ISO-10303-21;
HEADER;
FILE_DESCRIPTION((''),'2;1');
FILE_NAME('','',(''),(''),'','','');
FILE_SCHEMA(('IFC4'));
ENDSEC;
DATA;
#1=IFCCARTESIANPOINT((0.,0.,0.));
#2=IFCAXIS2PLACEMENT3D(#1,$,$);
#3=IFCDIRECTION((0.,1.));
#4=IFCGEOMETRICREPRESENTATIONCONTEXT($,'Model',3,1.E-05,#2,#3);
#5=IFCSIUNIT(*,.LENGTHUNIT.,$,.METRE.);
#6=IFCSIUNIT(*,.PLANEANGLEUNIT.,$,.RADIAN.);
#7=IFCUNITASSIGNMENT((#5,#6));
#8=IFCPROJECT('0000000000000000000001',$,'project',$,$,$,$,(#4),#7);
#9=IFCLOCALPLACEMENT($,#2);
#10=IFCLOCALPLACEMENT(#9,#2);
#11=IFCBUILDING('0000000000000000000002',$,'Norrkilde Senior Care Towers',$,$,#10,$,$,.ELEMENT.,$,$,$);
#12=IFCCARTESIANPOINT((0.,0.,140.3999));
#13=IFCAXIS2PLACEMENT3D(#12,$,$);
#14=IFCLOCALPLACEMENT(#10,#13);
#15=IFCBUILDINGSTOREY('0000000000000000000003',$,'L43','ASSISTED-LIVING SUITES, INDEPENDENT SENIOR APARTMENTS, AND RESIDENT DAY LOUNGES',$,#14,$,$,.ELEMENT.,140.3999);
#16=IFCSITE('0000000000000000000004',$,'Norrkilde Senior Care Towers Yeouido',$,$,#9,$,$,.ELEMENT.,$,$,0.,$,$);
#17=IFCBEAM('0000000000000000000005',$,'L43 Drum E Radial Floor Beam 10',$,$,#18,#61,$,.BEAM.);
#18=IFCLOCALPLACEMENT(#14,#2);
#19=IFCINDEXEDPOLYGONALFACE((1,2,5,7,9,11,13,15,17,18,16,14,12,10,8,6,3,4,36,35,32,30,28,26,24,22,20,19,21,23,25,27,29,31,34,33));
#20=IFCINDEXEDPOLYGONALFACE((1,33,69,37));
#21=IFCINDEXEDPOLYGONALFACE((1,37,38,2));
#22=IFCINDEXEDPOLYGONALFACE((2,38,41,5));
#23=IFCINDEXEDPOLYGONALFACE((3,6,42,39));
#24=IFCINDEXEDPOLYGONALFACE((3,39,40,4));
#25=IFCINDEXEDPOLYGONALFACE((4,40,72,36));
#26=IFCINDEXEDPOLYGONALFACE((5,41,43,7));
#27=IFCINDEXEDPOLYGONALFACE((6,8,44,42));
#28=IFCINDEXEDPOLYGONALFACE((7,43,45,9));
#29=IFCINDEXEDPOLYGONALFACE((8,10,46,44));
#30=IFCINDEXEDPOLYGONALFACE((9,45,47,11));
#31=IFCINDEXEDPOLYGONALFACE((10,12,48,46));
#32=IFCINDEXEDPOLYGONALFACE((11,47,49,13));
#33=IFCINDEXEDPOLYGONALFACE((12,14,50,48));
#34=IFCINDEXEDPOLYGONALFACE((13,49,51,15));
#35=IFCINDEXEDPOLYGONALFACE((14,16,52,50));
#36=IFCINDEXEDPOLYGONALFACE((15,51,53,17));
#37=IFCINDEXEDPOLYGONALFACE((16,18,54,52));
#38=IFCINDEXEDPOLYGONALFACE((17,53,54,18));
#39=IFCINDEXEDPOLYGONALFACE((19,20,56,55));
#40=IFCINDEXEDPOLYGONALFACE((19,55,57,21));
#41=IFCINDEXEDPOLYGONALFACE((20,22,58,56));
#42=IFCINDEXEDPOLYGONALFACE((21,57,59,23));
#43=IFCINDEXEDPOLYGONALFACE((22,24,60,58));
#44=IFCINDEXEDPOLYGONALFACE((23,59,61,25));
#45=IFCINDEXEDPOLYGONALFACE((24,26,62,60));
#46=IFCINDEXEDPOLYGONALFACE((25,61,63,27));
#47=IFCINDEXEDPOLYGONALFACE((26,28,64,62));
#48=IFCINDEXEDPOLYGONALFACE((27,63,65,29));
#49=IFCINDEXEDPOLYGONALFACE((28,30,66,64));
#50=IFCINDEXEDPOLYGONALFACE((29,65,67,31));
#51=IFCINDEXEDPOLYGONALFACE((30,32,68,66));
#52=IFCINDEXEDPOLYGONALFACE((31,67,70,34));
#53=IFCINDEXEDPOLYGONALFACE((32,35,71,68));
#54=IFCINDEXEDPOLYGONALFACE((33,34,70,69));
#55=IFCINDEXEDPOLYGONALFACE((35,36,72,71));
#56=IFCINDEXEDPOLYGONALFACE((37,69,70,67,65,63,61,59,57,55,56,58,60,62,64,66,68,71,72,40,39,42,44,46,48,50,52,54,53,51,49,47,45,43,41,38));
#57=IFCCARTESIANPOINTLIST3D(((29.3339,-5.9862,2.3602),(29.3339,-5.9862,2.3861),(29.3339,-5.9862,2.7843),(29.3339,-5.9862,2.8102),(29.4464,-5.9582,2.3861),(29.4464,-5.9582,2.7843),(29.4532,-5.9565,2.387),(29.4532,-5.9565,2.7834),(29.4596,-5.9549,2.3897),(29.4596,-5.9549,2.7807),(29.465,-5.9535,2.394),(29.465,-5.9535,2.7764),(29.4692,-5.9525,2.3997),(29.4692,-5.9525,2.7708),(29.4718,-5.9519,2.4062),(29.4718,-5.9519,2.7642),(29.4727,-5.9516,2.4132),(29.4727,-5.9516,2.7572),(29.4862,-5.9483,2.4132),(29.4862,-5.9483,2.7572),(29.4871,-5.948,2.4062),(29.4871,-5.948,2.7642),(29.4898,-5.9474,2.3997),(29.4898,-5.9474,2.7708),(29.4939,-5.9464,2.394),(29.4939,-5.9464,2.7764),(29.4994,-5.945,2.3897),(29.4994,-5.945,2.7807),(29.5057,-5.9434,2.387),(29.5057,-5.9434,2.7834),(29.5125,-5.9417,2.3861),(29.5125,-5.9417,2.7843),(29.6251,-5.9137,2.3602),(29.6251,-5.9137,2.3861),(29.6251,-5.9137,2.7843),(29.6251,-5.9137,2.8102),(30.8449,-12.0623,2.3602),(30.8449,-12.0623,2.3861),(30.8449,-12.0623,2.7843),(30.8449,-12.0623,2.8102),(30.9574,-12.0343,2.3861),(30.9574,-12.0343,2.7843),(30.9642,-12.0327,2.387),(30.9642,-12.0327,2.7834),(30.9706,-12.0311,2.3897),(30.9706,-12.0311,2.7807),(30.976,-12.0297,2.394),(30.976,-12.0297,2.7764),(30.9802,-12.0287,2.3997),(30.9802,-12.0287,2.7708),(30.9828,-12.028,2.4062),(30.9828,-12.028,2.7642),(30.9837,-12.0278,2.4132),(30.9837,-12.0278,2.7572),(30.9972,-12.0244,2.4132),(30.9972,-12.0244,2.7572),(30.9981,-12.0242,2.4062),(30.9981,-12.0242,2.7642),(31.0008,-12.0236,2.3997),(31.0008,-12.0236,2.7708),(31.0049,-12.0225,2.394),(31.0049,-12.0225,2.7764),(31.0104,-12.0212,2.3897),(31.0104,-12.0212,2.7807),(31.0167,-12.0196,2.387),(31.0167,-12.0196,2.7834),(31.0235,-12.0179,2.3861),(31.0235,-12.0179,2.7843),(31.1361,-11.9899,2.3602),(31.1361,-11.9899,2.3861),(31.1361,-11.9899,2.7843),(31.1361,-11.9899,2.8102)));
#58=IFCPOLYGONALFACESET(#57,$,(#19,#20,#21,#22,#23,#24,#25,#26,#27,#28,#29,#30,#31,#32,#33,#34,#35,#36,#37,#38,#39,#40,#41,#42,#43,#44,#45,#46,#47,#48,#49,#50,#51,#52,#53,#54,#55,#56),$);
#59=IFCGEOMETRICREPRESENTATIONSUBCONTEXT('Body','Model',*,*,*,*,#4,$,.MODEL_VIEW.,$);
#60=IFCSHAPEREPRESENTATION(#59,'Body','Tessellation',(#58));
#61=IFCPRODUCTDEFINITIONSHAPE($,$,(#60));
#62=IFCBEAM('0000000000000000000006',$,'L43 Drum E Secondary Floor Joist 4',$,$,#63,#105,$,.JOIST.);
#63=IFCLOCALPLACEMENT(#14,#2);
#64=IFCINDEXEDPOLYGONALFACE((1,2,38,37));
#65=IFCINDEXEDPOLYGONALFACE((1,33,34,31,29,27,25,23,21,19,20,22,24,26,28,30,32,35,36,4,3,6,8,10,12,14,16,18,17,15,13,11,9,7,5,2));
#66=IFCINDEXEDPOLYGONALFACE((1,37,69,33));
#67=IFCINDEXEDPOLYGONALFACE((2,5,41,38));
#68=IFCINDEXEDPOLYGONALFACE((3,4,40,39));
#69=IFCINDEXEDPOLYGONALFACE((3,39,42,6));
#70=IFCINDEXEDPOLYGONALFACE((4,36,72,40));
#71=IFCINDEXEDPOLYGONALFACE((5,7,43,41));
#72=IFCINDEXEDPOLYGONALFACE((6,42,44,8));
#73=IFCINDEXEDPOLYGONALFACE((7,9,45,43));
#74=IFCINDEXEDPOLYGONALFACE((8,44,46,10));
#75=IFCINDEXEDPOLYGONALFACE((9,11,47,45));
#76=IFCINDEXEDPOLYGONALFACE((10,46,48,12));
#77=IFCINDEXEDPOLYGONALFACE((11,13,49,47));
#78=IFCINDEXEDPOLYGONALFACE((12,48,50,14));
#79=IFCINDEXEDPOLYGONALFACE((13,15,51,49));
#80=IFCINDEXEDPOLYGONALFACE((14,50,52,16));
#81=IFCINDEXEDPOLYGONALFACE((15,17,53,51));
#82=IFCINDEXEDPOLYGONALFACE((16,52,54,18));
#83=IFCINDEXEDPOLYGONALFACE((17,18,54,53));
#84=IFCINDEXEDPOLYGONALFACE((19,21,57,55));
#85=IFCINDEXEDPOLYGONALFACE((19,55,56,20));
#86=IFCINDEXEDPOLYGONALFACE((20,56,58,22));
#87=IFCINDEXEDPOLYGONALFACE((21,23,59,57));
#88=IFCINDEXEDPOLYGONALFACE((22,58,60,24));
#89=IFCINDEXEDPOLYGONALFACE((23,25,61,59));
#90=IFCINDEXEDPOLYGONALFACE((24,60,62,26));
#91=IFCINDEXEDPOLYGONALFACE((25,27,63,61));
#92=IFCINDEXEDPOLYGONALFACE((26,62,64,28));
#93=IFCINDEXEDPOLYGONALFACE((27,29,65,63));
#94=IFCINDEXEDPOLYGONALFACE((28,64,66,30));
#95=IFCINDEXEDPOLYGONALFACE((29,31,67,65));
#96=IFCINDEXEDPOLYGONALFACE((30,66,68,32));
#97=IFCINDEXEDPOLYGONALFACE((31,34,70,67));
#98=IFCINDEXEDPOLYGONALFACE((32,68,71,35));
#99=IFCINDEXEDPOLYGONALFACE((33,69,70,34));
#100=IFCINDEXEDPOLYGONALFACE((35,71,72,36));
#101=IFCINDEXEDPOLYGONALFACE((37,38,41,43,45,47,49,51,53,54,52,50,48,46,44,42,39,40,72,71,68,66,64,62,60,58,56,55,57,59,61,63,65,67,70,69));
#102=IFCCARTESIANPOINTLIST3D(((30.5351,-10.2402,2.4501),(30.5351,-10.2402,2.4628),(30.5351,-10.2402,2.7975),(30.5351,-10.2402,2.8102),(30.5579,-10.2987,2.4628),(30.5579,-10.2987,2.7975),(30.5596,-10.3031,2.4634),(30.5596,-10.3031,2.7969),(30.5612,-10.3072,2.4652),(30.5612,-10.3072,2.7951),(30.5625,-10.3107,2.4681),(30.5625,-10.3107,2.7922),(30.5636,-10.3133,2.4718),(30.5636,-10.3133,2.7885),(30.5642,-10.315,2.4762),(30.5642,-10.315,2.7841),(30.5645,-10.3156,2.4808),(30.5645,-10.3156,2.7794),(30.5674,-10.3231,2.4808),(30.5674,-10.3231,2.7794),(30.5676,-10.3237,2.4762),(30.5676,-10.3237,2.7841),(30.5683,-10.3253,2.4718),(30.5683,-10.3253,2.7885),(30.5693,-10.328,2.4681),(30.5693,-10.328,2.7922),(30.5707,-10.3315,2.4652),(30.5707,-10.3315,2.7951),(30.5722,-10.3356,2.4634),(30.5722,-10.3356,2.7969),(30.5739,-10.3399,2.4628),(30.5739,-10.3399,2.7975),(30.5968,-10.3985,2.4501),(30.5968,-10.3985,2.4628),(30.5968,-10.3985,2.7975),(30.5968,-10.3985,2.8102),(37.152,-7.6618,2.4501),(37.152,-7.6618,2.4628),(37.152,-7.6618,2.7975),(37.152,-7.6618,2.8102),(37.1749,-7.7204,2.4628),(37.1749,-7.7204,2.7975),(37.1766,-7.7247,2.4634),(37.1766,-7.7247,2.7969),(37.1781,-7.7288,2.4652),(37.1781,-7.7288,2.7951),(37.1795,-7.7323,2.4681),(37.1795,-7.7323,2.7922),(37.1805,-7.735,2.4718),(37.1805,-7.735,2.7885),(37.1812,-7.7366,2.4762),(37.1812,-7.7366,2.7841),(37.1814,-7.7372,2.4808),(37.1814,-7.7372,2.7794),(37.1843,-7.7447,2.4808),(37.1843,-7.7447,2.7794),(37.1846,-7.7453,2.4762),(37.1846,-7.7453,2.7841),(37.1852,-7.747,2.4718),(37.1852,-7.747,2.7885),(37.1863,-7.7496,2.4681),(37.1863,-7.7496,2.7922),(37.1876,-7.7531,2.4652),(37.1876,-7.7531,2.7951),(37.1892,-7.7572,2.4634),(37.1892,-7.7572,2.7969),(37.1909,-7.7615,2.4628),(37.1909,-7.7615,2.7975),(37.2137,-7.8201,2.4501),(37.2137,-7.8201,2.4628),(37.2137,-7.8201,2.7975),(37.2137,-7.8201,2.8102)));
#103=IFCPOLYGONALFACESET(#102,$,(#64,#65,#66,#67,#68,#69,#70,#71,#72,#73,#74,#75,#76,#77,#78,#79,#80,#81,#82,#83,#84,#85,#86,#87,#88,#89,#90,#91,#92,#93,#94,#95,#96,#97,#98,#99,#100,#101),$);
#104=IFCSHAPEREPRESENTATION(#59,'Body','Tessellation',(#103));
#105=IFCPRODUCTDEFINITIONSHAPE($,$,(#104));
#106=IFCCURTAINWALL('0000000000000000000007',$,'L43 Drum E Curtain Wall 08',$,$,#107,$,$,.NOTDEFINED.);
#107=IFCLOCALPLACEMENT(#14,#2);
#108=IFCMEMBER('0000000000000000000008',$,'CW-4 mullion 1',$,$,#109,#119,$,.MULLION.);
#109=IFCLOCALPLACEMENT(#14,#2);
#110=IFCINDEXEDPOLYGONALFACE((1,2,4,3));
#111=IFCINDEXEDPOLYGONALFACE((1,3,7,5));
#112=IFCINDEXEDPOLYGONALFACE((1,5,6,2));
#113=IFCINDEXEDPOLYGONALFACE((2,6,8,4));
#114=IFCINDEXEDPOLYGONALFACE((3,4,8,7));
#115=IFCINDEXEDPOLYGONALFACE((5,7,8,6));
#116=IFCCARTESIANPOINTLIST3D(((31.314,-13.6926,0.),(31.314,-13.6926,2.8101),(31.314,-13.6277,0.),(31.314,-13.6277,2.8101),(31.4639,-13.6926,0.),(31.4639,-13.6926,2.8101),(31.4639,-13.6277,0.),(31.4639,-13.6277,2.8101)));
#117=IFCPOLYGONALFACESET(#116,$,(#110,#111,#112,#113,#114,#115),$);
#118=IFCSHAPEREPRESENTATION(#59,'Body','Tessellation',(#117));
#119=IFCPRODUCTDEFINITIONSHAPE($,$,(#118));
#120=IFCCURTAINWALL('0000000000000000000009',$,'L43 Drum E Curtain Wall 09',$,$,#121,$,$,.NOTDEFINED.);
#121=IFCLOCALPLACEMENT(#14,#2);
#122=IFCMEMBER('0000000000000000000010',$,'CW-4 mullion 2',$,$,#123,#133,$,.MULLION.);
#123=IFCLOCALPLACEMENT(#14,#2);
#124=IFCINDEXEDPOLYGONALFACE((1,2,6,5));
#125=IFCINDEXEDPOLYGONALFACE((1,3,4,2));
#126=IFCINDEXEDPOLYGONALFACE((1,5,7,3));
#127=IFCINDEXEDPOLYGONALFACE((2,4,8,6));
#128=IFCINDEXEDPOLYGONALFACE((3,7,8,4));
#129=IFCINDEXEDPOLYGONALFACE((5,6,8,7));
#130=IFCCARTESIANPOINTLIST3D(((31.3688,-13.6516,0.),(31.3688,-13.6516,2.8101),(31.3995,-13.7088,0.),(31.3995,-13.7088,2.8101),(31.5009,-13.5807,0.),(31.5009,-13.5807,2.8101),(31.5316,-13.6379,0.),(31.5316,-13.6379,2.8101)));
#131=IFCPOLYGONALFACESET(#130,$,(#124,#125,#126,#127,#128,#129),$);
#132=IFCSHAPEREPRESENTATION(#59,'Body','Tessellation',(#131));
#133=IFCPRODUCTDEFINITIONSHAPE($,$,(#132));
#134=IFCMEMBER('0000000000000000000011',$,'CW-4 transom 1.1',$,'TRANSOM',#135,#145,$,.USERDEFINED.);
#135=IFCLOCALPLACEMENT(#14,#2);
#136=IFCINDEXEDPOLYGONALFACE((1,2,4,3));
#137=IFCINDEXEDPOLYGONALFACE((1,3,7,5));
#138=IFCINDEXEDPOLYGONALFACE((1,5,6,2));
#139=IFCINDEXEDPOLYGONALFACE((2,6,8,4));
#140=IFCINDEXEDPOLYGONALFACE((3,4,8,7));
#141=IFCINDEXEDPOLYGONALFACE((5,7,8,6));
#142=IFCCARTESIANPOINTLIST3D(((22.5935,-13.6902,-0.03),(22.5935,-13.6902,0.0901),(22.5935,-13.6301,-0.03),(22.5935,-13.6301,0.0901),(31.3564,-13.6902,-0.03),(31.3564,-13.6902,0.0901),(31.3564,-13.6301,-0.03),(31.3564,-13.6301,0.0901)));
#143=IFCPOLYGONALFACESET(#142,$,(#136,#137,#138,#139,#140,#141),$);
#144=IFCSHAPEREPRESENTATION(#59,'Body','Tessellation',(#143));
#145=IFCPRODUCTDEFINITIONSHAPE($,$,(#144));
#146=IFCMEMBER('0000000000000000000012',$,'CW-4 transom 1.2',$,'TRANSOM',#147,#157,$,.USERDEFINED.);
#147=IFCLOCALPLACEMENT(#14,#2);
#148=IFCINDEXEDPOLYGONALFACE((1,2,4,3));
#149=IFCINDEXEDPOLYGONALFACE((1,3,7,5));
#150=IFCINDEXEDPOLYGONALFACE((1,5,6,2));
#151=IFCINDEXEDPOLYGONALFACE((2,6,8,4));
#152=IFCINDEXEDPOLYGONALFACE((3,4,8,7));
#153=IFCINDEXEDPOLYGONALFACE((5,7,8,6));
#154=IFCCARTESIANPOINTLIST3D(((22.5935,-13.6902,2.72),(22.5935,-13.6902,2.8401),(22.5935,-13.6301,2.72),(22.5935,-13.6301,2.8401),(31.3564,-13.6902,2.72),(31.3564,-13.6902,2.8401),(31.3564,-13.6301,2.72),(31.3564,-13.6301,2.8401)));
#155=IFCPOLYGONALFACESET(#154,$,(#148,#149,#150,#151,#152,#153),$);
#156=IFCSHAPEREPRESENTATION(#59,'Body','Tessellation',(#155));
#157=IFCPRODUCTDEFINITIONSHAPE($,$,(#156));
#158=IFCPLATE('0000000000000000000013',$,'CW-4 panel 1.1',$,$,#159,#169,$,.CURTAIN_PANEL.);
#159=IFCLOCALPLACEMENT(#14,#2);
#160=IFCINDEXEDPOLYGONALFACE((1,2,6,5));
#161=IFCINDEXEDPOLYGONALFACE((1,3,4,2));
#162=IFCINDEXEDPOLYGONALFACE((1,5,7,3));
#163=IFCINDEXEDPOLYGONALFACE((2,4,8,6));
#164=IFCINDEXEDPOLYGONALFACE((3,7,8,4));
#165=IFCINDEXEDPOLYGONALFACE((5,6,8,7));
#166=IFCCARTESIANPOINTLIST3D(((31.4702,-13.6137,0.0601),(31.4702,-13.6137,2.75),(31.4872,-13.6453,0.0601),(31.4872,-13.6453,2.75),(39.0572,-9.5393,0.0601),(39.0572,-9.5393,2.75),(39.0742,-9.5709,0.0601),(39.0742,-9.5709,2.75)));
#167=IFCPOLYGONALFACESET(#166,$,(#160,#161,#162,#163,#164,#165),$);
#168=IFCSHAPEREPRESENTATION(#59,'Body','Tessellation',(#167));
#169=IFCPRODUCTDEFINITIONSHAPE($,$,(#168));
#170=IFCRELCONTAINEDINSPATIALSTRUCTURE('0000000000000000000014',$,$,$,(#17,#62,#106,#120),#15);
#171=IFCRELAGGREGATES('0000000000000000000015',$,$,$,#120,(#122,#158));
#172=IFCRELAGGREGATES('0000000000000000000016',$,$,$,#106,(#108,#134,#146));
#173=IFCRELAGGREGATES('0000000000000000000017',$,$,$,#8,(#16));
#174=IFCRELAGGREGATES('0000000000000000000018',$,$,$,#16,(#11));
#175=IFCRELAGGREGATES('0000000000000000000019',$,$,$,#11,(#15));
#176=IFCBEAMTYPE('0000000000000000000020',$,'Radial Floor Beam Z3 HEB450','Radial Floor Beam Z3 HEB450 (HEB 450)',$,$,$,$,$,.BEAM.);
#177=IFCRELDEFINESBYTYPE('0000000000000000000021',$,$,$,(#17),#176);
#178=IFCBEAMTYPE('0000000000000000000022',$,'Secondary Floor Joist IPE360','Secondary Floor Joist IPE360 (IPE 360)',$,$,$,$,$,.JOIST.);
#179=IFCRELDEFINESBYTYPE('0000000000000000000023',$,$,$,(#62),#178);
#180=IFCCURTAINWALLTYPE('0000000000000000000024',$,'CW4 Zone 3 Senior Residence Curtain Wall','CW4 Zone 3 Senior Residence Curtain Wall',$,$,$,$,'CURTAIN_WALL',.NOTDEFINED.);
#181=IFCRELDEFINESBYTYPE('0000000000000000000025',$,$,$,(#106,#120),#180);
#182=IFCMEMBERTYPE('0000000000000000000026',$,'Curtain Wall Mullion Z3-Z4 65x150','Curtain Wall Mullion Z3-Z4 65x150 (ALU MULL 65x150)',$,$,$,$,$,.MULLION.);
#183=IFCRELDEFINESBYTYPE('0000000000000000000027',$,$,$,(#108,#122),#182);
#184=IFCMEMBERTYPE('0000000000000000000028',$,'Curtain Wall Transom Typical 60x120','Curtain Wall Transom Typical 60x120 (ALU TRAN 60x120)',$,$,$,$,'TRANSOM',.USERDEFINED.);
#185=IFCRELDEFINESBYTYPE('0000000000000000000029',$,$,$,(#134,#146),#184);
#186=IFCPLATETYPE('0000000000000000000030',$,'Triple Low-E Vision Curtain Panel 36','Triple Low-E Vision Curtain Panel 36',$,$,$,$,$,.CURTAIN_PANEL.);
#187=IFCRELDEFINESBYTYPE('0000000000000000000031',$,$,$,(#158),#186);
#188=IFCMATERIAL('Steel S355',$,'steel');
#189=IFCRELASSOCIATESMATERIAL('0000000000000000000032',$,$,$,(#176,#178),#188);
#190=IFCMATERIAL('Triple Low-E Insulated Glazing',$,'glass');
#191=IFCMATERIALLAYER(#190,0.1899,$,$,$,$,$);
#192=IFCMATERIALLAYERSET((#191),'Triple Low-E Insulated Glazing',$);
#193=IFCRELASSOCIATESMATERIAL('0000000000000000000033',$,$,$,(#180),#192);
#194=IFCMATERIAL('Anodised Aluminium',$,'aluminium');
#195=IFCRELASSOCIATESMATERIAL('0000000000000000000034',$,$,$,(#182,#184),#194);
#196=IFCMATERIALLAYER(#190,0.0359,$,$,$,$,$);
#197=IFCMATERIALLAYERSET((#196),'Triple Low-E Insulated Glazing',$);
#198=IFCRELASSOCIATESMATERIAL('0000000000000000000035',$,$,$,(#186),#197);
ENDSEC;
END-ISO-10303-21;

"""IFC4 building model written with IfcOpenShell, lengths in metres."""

from ifc_helpers import new_model, si_unit, direction, frame, origin, origin_2d, place, context, subcontext, project, spatial, rectangle, i_section, extrude, source, transform, mapped, material, layer, layer_set, material_profile, profile_set, type_object, type_shapes, element, aggregate, save


model = new_model("IFC4")

# Units and contexts
model_context = context("Model", 3, precision=1e-05, world=origin(), true_north=direction((0.0, 1.0)))
body_context = subcontext(model_context, "Body", "Model", "MODEL_VIEW")
ifc_project = project(units=[si_unit("LENGTHUNIT", "METRE"), si_unit("PLANEANGLEUNIT", "RADIAN")], contexts=[model_context])

# Site, building, storey
site_placement = place(None, origin())
site = spatial("IfcSite", under=ifc_project, at=site_placement, Name="Norrkilde Senior Care Towers Yeouido", CompositionType="ELEMENT", RefElevation=0.0)
building_placement = place(site_placement, origin())
building = spatial("IfcBuilding", under=site, at=building_placement, Name="Norrkilde Senior Care Towers", CompositionType="ELEMENT")
storey_placement = place(building_placement, frame((0.0, 0.0, 140.3999)))
storey = spatial("IfcBuildingStorey", under=building, at=storey_placement, Name="L43", Description="ASSISTED-LIVING SUITES, INDEPENDENT SENIOR APARTMENTS, AND RESIDENT DAY LOUNGES", CompositionType="ELEMENT", Elevation=140.3999)

# Beams
ifc_material_1 = material(Name="Steel S355", Category="steel")
ifc_material_profile_1 = material_profile(ifc_material_1, i_section(OverallWidth=0.3, OverallDepth=0.45, WebThickness=0.0139, FlangeThickness=0.0259, FilletRadius=0.0271, at=origin_2d()), Name="HEB 450")
ifc_profile_set_1 = profile_set([ifc_material_profile_1], Name="Steel S355")
beam_type_1 = type_object("IfcBeamType", Name="Radial Floor Beam Z3 HEB450", Description="Radial Floor Beam Z3 HEB450 (HEB 450)", PredefinedType="BEAM", material=ifc_profile_set_1)
shared_shape_1 = source(origin(), body_context, "Body", "SweptSolid", [
    extrude(i_section(OverallWidth=0.3, OverallDepth=0.45, WebThickness=0.0139, FlangeThickness=0.0259, FilletRadius=0.0271, at=origin_2d()), origin(), (0.0, 0.0, 1.0), 6.2612),
])
beam_1_placement = place(storey_placement, frame((29.4795, -5.95, 2.5852), z_axis=(0.241324, -0.970445, 0.0), x_axis=(0.970445, 0.241324, 0.0)))
element("IfcBeam", 1, at=beam_1_placement, inside=storey, type_object=beam_type_1, Name="L43 Drum E Radial Floor Beam 10", PredefinedType="BEAM", context=body_context, shape_type="MappedRepresentation", body=[
    mapped(shared_shape_1, transform((0.0, 0.0, 0.0), x_axis=(1.0, 0.0, 0.0), y_axis=(0.0, 1.0, 0.0), z_axis=(0.0, 0.0, 1.0), scale=1.0)),
])
ifc_material_profile_2 = material_profile(ifc_material_1, i_section(OverallWidth=0.1699, OverallDepth=0.3601, WebThickness=0.0081, FlangeThickness=0.0127, FilletRadius=0.0181, at=origin_2d()), Name="IPE 360")
ifc_profile_set_2 = profile_set([ifc_material_profile_2], Name="Steel S355")
beam_type_2 = type_object("IfcBeamType", Name="Secondary Floor Joist IPE360", Description="Secondary Floor Joist IPE360 (IPE 360)", PredefinedType="JOIST", material=ifc_profile_set_2)
shared_shape_2 = source(origin(), body_context, "Body", "SweptSolid", [
    extrude(i_section(OverallWidth=0.1699, OverallDepth=0.3601, WebThickness=0.0081, FlangeThickness=0.0127, FilletRadius=0.0181, at=origin_2d()), origin(), (0.0, 0.0, 1.0), 7.1016),
])
type_shapes(beam_type_2, [shared_shape_2])
beam_2_placement = place(storey_placement, frame((30.5659, -10.3193, 2.6301), z_axis=(0.931761, 0.363072, 0.0), x_axis=(-0.363072, 0.931761, 0.0)))
element("IfcBeam", 2, at=beam_2_placement, inside=storey, type_object=beam_type_2, Name="L43 Drum E Secondary Floor Joist 4", PredefinedType="JOIST", context=body_context, shape_type="MappedRepresentation", body=[
    mapped(shared_shape_2, transform((0.0, 0.0, 0.0), x_axis=(1.0, 0.0, 0.0), y_axis=(0.0, 1.0, 0.0), z_axis=(0.0, 0.0, 1.0), scale=1.0)),
])

# Curtain walls, members
ifc_material_2 = material(Name="Triple Low-E Insulated Glazing", Category="glass")
ifc_layer_1 = layer(ifc_material_2, 0.1899)
ifc_layer_set_1 = layer_set([ifc_layer_1], Name="Triple Low-E Insulated Glazing")
curtain_wall_type = type_object("IfcCurtainWallType", Name="CW4 Zone 3 Senior Residence Curtain Wall", Description="CW4 Zone 3 Senior Residence Curtain Wall", ElementType="CURTAIN_WALL", PredefinedType="NOTDEFINED", material=ifc_layer_set_1)
curtain_wall_1_placement = place(storey_placement, origin())
curtain_wall_1 = element("IfcCurtainWall", 3, at=curtain_wall_1_placement, inside=storey, type_object=curtain_wall_type, Name="L43 Drum E Curtain Wall 08", PredefinedType="NOTDEFINED")
ifc_material_3 = material(Name="Anodised Aluminium", Category="aluminium")
ifc_material_profile_3 = material_profile(ifc_material_3, rectangle(XDim=0.0649, YDim=0.1499, at=origin_2d()), Name="ALU MULL 65x150")
ifc_profile_set_3 = profile_set([ifc_material_profile_3], Name="Anodised Aluminium")
member_type_1 = type_object("IfcMemberType", Name="Curtain Wall Mullion Z3-Z4 65x150", Description="Curtain Wall Mullion Z3-Z4 65x150 (ALU MULL 65x150)", PredefinedType="MULLION", material=ifc_profile_set_3)
shared_shape_3 = source(origin(), body_context, "Body", "SweptSolid", [
    extrude(rectangle(XDim=0.0649, YDim=0.1499, at=origin_2d()), origin(), (0.0, 0.0, 1.0), 2.8101),
])
type_shapes(member_type_1, [shared_shape_3])
member_1_placement = place(storey_placement, frame((31.3889, -13.6602, 0.0), z_axis=(0.0, 0.0, 1.0), x_axis=(0.0, -1.0, 0.0)))
member_1 = element("IfcMember", 4, at=member_1_placement, type_object=member_type_1, Name="CW-4 mullion 1", PredefinedType="MULLION", context=body_context, shape_type="MappedRepresentation", body=[
    mapped(shared_shape_3, transform((0.0, 0.0, 0.0), x_axis=(1.0, 0.0, 0.0), y_axis=(0.0, 1.0, 0.0), z_axis=(0.0, 0.0, 1.0), scale=1.0)),
])
curtain_wall_2_placement = place(storey_placement, origin())
curtain_wall_2 = element("IfcCurtainWall", 5, at=curtain_wall_2_placement, inside=storey, type_object=curtain_wall_type, Name="L43 Drum E Curtain Wall 09", PredefinedType="NOTDEFINED")
member_2_placement = place(storey_placement, frame((31.4502, -13.6448, 0.0), z_axis=(0.0, 0.0, 1.0), x_axis=(0.473117, -0.881, 0.0)))
member_2 = element("IfcMember", 6, at=member_2_placement, type_object=member_type_1, Name="CW-4 mullion 2", PredefinedType="MULLION", context=body_context, shape_type="MappedRepresentation", body=[
    mapped(shared_shape_3, transform((0.0, 0.0, 0.0), x_axis=(1.0, 0.0, 0.0), y_axis=(0.0, 1.0, 0.0), z_axis=(0.0, 0.0, 1.0), scale=1.0)),
])

# Members
ifc_material_profile_4 = material_profile(ifc_material_3, rectangle(XDim=0.0601, YDim=0.1201, at=origin_2d()), Name="ALU TRAN 60x120")
ifc_profile_set_4 = profile_set([ifc_material_profile_4], Name="Anodised Aluminium")
member_type_2 = type_object("IfcMemberType", Name="Curtain Wall Transom Typical 60x120", Description="Curtain Wall Transom Typical 60x120 (ALU TRAN 60x120)", ElementType="TRANSOM", PredefinedType="USERDEFINED", material=ifc_profile_set_4)
shared_shape_4 = source(origin(), body_context, "Body", "SweptSolid", [
    extrude(rectangle(XDim=0.0601, YDim=0.1201, at=origin_2d()), origin(), (0.0, 0.0, 1.0), 8.7629),
])
type_shapes(member_type_2, [shared_shape_4])
member_3_placement = place(storey_placement, frame((31.3564, -13.6602, 0.03), z_axis=(-1.0, 0.0, 0.0), x_axis=(0.0, -1.0, 0.0)))
member_3 = element("IfcMember", 7, at=member_3_placement, type_object=member_type_2, Name="CW-4 transom 1.1", ObjectType="TRANSOM", PredefinedType="USERDEFINED", context=body_context, shape_type="MappedRepresentation", body=[
    mapped(shared_shape_4, transform((0.0, 0.0, 0.0), x_axis=(1.0, 0.0, 0.0), y_axis=(0.0, 1.0, 0.0), z_axis=(0.0, 0.0, 1.0), scale=1.0)),
])
member_4_placement = place(storey_placement, frame((31.3564, -13.6602, 2.78), z_axis=(-1.0, 0.0, 0.0), x_axis=(0.0, -1.0, 0.0)))
member_4 = element("IfcMember", 8, at=member_4_placement, type_object=member_type_2, Name="CW-4 transom 1.2", ObjectType="TRANSOM", PredefinedType="USERDEFINED", context=body_context, shape_type="MappedRepresentation", body=[
    mapped(shared_shape_4, transform((0.0, 0.0, 0.0), x_axis=(1.0, 0.0, 0.0), y_axis=(0.0, 1.0, 0.0), z_axis=(0.0, 0.0, 1.0), scale=1.0)),
])

# Plate
ifc_layer_2 = layer(ifc_material_2, 0.0359)
ifc_layer_set_2 = layer_set([ifc_layer_2], Name="Triple Low-E Insulated Glazing")
plate_type = type_object("IfcPlateType", Name="Triple Low-E Vision Curtain Panel 36", Description="Triple Low-E Vision Curtain Panel 36", PredefinedType="CURTAIN_PANEL", material=ifc_layer_set_2)
shared_shape_5 = source(origin(), body_context, "Body", "SweptSolid", [
    extrude(rectangle(XDim=8.6118, YDim=0.0359, at=origin_2d()), origin(), (0.0, 0.0, 1.0), 2.6899),
])
plate_1_placement = place(storey_placement, frame((35.2722, -11.5923, 0.0601), z_axis=(0.0, 0.0, 1.0), x_axis=(-0.881, -0.473117, 0.0)))
plate_1 = element("IfcPlate", 9, at=plate_1_placement, type_object=plate_type, Name="CW-4 panel 1.1", PredefinedType="CURTAIN_PANEL", context=body_context, shape_type="MappedRepresentation", body=[
    mapped(shared_shape_5, transform((0.0, 0.0, 0.0), x_axis=(1.0, 0.0, 0.0), y_axis=(0.0, 1.0, 0.0), z_axis=(0.0, 0.0, 1.0), scale=1.0)),
])
aggregate(curtain_wall_2, [member_2, plate_1])
aggregate(curtain_wall_1, [member_1, member_3, member_4])

save(model, "model.ifc")
